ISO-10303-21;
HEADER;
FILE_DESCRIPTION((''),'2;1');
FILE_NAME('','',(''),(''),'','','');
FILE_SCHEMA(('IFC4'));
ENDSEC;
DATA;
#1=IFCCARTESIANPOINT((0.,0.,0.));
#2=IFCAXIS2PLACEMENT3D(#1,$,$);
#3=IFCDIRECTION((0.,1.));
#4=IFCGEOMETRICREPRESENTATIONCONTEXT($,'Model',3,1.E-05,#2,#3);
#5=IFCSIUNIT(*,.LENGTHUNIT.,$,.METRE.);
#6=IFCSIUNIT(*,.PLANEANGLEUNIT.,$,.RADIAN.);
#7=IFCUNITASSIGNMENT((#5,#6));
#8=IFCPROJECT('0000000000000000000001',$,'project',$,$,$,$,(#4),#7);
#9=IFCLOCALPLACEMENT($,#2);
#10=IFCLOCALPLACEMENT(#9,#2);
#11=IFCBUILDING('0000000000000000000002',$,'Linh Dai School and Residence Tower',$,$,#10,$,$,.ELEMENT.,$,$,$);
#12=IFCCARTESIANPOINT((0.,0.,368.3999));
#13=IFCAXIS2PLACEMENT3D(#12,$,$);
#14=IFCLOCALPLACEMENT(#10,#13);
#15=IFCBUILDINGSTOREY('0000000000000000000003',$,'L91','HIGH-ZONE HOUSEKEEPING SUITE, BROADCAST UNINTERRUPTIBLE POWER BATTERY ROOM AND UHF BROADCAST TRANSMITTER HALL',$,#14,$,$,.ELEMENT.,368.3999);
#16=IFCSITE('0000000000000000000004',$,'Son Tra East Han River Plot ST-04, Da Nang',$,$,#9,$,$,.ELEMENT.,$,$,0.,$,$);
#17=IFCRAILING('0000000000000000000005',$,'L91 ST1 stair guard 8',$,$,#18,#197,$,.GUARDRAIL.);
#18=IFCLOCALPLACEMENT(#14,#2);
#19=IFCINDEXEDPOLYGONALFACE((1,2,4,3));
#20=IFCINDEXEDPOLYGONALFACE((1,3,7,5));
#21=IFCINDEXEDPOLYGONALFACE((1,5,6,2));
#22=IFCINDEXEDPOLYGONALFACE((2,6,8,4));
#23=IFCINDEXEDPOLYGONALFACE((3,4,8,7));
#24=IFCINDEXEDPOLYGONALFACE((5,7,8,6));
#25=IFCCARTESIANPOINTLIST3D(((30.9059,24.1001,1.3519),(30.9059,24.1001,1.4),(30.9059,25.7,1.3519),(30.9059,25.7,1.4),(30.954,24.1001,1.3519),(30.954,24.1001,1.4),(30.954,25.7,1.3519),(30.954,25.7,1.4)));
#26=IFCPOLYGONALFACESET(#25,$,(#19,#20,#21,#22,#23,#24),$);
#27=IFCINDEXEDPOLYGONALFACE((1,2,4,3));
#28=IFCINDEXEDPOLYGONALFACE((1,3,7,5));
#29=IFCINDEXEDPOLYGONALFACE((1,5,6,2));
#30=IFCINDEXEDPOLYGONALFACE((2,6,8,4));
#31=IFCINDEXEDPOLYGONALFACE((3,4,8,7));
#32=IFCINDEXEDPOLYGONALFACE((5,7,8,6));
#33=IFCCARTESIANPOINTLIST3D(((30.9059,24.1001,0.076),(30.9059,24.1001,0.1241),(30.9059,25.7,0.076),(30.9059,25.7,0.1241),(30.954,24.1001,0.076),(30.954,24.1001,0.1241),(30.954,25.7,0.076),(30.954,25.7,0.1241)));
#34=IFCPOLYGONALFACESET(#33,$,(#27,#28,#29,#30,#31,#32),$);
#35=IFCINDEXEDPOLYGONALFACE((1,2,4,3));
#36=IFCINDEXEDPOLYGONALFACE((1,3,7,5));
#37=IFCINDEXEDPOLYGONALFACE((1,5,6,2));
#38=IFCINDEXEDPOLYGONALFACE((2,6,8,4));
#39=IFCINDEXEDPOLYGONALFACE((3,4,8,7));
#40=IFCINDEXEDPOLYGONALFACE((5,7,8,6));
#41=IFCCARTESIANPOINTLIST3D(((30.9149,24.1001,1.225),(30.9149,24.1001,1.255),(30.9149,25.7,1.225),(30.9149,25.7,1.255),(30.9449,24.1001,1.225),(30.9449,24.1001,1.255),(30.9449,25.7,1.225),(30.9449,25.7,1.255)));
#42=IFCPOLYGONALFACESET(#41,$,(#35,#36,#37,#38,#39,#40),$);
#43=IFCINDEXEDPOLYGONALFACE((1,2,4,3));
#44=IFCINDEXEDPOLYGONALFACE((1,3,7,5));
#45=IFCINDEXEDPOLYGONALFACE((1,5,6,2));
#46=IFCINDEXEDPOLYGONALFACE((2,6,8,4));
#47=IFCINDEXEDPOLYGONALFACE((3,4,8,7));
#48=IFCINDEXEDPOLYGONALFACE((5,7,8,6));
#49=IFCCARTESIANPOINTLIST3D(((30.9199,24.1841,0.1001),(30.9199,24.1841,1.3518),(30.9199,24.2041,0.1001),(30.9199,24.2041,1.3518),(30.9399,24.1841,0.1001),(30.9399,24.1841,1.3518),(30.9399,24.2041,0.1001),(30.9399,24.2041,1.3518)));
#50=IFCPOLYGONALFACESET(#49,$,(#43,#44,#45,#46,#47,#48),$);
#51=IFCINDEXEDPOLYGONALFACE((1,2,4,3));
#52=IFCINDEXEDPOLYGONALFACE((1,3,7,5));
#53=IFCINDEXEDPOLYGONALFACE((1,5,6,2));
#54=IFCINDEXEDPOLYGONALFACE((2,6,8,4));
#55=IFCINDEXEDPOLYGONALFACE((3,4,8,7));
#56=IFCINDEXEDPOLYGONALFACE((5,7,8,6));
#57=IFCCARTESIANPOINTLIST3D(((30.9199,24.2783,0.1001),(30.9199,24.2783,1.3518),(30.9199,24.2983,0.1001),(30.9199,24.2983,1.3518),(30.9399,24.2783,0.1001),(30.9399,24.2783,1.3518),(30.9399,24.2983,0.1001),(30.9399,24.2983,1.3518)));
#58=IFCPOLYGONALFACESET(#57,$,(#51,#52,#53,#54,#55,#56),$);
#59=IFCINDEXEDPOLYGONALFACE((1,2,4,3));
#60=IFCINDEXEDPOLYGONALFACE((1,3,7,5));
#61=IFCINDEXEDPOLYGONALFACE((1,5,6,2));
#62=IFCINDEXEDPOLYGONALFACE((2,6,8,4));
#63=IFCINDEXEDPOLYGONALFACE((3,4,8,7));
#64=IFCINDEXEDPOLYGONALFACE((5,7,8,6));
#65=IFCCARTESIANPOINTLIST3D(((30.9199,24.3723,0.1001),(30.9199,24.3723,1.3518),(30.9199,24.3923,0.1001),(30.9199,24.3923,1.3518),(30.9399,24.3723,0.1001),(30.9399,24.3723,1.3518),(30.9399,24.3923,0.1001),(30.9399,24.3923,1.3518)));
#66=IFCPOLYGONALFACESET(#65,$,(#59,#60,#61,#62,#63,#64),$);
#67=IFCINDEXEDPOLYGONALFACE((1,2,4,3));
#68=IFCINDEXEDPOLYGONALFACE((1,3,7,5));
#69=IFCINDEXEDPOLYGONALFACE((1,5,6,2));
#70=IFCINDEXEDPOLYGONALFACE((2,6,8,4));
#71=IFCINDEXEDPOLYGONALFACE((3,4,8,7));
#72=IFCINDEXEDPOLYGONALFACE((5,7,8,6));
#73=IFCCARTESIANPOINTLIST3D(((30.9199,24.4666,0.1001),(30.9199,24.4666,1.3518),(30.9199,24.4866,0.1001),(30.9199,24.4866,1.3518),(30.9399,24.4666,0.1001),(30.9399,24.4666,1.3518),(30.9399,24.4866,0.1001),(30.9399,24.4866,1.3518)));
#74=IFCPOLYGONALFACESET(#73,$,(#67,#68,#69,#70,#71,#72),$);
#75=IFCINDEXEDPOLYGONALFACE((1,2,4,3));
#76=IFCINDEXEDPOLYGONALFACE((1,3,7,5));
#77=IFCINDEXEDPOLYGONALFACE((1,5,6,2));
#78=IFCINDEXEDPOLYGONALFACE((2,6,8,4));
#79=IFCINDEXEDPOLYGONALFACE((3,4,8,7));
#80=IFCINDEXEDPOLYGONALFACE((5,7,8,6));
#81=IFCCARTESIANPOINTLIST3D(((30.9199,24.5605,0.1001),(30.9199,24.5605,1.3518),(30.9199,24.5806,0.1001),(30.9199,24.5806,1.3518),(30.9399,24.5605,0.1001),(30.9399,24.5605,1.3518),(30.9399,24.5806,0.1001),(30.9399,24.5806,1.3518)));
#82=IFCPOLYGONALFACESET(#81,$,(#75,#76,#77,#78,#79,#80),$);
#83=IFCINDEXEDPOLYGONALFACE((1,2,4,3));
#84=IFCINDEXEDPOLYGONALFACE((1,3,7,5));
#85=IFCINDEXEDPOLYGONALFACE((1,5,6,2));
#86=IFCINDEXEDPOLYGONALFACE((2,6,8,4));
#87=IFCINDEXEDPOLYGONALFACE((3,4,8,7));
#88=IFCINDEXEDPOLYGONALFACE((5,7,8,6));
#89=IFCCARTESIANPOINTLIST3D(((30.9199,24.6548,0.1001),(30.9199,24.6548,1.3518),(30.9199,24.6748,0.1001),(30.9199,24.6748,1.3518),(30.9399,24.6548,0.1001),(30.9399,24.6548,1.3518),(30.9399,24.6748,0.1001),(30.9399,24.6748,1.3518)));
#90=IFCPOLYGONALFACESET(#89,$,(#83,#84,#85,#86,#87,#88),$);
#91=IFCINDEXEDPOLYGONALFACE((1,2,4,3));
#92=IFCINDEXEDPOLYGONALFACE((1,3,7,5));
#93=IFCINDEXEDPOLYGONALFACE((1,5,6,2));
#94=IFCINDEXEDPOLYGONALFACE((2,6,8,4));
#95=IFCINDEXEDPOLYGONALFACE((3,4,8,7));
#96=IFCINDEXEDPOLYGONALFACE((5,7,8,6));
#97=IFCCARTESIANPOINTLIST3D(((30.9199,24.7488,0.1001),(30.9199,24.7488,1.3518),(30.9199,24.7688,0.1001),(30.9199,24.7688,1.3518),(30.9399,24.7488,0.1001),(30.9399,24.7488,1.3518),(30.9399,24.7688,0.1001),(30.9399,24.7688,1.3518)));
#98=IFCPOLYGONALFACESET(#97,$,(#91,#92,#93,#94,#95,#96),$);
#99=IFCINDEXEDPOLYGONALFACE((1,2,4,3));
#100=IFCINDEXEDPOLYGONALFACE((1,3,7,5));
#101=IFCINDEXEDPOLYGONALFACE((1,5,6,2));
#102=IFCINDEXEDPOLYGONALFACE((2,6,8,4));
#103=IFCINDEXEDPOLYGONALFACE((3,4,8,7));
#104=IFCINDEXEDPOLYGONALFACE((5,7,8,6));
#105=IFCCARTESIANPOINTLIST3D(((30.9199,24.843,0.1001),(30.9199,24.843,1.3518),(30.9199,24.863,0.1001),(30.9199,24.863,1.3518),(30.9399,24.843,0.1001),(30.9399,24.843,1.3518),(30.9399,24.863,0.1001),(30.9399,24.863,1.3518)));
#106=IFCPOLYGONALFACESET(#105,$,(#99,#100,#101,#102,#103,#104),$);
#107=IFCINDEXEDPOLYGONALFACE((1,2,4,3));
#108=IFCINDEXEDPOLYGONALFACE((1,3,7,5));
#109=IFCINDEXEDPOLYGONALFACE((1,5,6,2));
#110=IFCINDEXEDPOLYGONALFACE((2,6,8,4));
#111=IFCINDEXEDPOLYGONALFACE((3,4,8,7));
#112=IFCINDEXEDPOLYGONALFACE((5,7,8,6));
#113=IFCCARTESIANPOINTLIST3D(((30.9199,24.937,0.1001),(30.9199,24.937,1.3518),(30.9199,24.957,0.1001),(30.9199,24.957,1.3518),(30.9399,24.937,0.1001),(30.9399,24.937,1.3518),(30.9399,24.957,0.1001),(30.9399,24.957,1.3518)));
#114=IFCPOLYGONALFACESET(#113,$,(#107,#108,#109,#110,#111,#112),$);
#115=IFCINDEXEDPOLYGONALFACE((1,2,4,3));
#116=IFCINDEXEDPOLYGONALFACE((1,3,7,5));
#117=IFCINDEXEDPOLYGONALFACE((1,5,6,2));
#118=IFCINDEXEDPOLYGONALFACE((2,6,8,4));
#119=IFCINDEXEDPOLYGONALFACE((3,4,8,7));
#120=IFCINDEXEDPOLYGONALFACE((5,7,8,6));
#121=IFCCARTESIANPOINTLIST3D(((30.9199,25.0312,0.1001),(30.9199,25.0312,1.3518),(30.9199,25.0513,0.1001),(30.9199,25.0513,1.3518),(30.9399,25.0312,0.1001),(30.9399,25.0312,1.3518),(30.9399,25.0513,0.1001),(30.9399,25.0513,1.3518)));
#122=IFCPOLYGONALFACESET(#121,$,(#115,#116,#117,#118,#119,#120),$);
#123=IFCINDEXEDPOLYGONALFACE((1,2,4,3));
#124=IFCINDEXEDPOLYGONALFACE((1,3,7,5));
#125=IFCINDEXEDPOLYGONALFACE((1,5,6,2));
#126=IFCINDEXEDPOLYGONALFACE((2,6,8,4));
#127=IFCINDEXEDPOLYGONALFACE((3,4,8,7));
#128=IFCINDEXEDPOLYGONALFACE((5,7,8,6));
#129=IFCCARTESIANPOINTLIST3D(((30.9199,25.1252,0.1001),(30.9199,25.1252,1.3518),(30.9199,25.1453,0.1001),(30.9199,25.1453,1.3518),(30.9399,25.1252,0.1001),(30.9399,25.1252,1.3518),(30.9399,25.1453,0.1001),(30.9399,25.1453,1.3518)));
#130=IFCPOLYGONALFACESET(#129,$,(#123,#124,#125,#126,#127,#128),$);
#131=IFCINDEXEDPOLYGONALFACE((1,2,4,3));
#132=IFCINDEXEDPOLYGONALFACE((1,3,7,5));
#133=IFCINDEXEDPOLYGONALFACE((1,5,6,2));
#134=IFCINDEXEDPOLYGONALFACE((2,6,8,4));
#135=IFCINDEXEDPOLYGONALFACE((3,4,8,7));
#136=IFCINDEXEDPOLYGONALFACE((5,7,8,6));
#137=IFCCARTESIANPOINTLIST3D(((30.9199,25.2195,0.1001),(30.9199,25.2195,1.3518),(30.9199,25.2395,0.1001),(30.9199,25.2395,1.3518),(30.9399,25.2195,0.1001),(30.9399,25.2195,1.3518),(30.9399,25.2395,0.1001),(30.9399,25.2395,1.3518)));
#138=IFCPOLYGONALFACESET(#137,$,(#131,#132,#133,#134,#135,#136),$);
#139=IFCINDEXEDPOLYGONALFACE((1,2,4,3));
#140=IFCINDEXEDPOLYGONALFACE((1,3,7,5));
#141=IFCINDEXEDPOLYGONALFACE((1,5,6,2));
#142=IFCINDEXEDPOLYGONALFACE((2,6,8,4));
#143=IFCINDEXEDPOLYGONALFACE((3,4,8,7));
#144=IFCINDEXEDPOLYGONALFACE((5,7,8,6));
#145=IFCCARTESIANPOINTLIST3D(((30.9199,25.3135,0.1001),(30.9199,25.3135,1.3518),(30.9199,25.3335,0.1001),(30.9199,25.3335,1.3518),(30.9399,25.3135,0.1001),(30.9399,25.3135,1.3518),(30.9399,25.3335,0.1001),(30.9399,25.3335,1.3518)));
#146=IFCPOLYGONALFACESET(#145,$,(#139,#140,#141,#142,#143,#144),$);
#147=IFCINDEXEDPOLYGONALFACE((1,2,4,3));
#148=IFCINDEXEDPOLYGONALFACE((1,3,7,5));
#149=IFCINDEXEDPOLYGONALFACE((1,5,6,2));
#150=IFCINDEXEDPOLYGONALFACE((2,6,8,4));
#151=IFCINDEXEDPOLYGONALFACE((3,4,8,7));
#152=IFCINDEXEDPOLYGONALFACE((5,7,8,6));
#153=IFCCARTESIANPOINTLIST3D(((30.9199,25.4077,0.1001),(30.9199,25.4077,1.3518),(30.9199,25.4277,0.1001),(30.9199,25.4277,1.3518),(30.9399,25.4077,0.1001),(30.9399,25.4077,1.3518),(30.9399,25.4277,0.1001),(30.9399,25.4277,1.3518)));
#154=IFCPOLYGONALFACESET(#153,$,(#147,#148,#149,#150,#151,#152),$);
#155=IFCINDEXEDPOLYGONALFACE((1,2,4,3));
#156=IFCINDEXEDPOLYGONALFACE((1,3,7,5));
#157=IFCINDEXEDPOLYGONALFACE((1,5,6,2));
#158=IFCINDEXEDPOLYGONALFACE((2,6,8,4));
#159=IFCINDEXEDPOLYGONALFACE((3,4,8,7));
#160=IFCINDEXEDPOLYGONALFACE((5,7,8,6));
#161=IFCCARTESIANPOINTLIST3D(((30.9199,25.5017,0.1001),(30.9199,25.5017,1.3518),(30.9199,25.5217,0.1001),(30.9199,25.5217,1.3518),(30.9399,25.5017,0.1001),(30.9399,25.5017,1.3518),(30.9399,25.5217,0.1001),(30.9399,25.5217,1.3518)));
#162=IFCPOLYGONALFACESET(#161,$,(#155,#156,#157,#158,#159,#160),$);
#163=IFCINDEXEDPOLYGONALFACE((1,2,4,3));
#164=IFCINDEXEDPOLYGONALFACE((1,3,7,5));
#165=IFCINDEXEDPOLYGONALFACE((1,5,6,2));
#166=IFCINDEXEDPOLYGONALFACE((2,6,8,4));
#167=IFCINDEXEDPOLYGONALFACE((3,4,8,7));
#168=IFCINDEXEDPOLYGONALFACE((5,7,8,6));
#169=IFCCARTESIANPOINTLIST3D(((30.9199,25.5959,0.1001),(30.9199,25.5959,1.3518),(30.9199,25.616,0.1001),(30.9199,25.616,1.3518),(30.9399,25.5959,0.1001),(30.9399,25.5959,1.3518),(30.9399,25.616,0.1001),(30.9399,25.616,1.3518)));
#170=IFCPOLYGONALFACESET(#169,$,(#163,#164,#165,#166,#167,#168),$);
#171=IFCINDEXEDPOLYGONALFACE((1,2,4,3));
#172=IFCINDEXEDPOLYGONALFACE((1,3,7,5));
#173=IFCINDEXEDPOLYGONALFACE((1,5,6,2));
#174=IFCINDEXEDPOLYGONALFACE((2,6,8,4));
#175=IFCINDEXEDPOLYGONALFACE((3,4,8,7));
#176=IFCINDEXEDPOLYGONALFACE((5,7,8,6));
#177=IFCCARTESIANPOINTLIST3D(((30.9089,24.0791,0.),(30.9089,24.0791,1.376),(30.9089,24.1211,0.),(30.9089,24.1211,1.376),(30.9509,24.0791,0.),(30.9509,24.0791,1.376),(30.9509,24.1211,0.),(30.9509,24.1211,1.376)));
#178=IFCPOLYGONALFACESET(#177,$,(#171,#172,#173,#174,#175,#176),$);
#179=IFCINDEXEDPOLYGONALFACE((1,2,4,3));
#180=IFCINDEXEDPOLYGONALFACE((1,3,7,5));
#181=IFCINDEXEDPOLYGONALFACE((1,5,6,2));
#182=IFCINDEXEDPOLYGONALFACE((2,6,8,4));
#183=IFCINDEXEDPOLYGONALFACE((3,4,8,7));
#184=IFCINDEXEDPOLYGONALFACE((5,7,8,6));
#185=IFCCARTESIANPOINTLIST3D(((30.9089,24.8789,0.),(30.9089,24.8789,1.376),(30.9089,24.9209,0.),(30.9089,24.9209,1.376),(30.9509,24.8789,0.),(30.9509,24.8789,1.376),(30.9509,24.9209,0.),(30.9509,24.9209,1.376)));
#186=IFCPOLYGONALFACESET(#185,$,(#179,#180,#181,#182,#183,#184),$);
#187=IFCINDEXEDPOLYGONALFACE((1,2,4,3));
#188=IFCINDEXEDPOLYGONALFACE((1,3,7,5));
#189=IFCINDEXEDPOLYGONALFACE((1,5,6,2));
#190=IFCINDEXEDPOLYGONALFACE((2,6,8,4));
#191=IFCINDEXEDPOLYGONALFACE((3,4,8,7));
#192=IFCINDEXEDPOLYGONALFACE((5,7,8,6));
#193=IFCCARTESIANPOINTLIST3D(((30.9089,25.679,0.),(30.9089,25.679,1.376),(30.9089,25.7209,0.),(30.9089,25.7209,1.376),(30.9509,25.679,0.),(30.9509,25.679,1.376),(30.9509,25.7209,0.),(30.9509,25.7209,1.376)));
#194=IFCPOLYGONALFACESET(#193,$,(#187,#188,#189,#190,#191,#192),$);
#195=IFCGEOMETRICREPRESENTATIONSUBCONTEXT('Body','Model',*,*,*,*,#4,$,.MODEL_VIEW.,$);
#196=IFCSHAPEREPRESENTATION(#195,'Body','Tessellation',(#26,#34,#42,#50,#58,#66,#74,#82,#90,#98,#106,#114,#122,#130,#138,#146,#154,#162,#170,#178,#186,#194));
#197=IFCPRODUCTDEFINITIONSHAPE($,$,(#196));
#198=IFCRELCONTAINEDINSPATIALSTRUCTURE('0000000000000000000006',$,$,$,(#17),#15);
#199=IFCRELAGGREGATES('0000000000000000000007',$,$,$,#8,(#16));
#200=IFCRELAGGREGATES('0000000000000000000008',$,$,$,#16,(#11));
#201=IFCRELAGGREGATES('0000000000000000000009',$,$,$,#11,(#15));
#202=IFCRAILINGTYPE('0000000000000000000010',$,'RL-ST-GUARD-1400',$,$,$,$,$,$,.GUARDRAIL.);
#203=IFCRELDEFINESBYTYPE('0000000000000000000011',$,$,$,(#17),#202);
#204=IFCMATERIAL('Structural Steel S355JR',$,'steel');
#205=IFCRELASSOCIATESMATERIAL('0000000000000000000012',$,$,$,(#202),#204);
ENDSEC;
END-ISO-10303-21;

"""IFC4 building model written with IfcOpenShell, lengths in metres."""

from ifc_helpers import new_model, si_unit, direction, frame, origin, origin_2d, place, context, subcontext, project, spatial, rectangle, extrude, source, transform, mapped, material, type_object, element, save


model = new_model("IFC4")

# Units and contexts
model_context = context("Model", 3, precision=1e-05, world=origin(), true_north=direction((0.0, 1.0)))
body_context = subcontext(model_context, "Body", "Model", "MODEL_VIEW")
ifc_project = project(units=[si_unit("LENGTHUNIT", "METRE"), si_unit("PLANEANGLEUNIT", "RADIAN")], contexts=[model_context])

# Site, building, storey
site_placement = place(None, origin())
site = spatial("IfcSite", under=ifc_project, at=site_placement, Name="Son Tra East Han River Plot ST-04, Da Nang", CompositionType="ELEMENT", RefElevation=0.0)
building_placement = place(site_placement, origin())
building = spatial("IfcBuilding", under=site, at=building_placement, Name="Linh Dai School and Residence Tower", CompositionType="ELEMENT")
storey_placement = place(building_placement, frame((0.0, 0.0, 368.3999)))
storey = spatial("IfcBuildingStorey", under=building, at=storey_placement, Name="L91", Description="HIGH-ZONE HOUSEKEEPING SUITE, BROADCAST UNINTERRUPTIBLE POWER BATTERY ROOM AND UHF BROADCAST TRANSMITTER HALL", CompositionType="ELEMENT", Elevation=368.3999)

# Shared definitions
ifc_material_1 = material(Name="Structural Steel S355JR", Category="steel")

# Railing
railing_type_1 = type_object("IfcRailingType", Name="RL-ST-GUARD-1400", PredefinedType="GUARDRAIL", material=ifc_material_1)
shared_shape_1 = source(origin(), body_context, "Body", "SweptSolid", [
    extrude(rectangle(XDim=0.0481, YDim=0.0481, at=origin_2d()), frame((0.0, 0.0, 1.376), z_axis=(0.0, 1.0, 0.0), x_axis=(-1.0, 0.0, 0.0)), (0.0, 0.0, 1.0), 1.5999),
    extrude(rectangle(XDim=0.0481, YDim=0.0481, at=origin_2d()), frame((0.0, 0.0, 0.1001), z_axis=(0.0, 1.0, 0.0), x_axis=(-1.0, 0.0, 0.0)), (0.0, 0.0, 1.0), 1.5999),
    extrude(rectangle(XDim=0.03, YDim=0.03, at=origin_2d()), frame((0.0, 0.0, 1.24), z_axis=(0.0, 1.0, 0.0), x_axis=(-1.0, 0.0, 0.0)), (0.0, 0.0, 1.0), 1.5999),
    extrude(rectangle(XDim=0.02, YDim=0.02, at=origin_2d()), frame((0.0, 0.094, 0.1001)), (0.0, 0.0, 1.0), 1.2517),
    extrude(rectangle(XDim=0.02, YDim=0.02, at=origin_2d()), frame((0.0, 0.1882, 0.1001)), (0.0, 0.0, 1.0), 1.2517),
    extrude(rectangle(XDim=0.02, YDim=0.02, at=origin_2d()), frame((0.0, 0.2822, 0.1001)), (0.0, 0.0, 1.0), 1.2517),
    extrude(rectangle(XDim=0.02, YDim=0.02, at=origin_2d()), frame((0.0, 0.3765, 0.1001)), (0.0, 0.0, 1.0), 1.2517),
    extrude(rectangle(XDim=0.02, YDim=0.02, at=origin_2d()), frame((0.0, 0.4705, 0.1001)), (0.0, 0.0, 1.0), 1.2517),
    extrude(rectangle(XDim=0.02, YDim=0.02, at=origin_2d()), frame((0.0, 0.5647, 0.1001)), (0.0, 0.0, 1.0), 1.2517),
    extrude(rectangle(XDim=0.02, YDim=0.02, at=origin_2d()), frame((0.0, 0.6587, 0.1001)), (0.0, 0.0, 1.0), 1.2517),
    extrude(rectangle(XDim=0.02, YDim=0.02, at=origin_2d()), frame((0.0, 0.7529, 0.1001)), (0.0, 0.0, 1.0), 1.2517),
    extrude(rectangle(XDim=0.02, YDim=0.02, at=origin_2d()), frame((0.0, 0.8469, 0.1001)), (0.0, 0.0, 1.0), 1.2517),
    extrude(rectangle(XDim=0.02, YDim=0.02, at=origin_2d()), frame((0.0, 0.9412, 0.1001)), (0.0, 0.0, 1.0), 1.2517),
    extrude(rectangle(XDim=0.02, YDim=0.02, at=origin_2d()), frame((0.0, 1.0352, 0.1001)), (0.0, 0.0, 1.0), 1.2517),
    extrude(rectangle(XDim=0.02, YDim=0.02, at=origin_2d()), frame((0.0, 1.1294, 0.1001)), (0.0, 0.0, 1.0), 1.2517),
    extrude(rectangle(XDim=0.02, YDim=0.02, at=origin_2d()), frame((0.0, 1.2234, 0.1001)), (0.0, 0.0, 1.0), 1.2517),
    extrude(rectangle(XDim=0.02, YDim=0.02, at=origin_2d()), frame((0.0, 1.3176, 0.1001)), (0.0, 0.0, 1.0), 1.2517),
    extrude(rectangle(XDim=0.02, YDim=0.02, at=origin_2d()), frame((0.0, 1.4116, 0.1001)), (0.0, 0.0, 1.0), 1.2517),
    extrude(rectangle(XDim=0.02, YDim=0.02, at=origin_2d()), frame((0.0, 1.5059, 0.1001)), (0.0, 0.0, 1.0), 1.2517),
    extrude(rectangle(XDim=0.042, YDim=0.042, at=origin_2d()), origin(), (0.0, 0.0, 1.0), 1.376),
    extrude(rectangle(XDim=0.042, YDim=0.042, at=origin_2d()), frame((0.0, 0.7998, 0.0)), (0.0, 0.0, 1.0), 1.376),
    extrude(rectangle(XDim=0.042, YDim=0.042, at=origin_2d()), frame((0.0, 1.5999, 0.0)), (0.0, 0.0, 1.0), 1.376),
])
for number, where, name in (
    (1, (30.9299, 24.1001, 0.0), "L91 ST1 stair guard 8"),
):
    element("IfcRailing", number, at=place(storey_placement, frame(where)), inside=storey, type_object=railing_type_1, Name=name, PredefinedType="GUARDRAIL", context=body_context, shape_type="MappedRepresentation", body=[
        mapped(shared_shape_1, transform((0.0, 0.0, 0.0), x_axis=(1.0, 0.0, 0.0), y_axis=(0.0, 1.0, 0.0), z_axis=(0.0, 0.0, 1.0), scale=1.0)),
    ])

save(model, "model.ifc")
